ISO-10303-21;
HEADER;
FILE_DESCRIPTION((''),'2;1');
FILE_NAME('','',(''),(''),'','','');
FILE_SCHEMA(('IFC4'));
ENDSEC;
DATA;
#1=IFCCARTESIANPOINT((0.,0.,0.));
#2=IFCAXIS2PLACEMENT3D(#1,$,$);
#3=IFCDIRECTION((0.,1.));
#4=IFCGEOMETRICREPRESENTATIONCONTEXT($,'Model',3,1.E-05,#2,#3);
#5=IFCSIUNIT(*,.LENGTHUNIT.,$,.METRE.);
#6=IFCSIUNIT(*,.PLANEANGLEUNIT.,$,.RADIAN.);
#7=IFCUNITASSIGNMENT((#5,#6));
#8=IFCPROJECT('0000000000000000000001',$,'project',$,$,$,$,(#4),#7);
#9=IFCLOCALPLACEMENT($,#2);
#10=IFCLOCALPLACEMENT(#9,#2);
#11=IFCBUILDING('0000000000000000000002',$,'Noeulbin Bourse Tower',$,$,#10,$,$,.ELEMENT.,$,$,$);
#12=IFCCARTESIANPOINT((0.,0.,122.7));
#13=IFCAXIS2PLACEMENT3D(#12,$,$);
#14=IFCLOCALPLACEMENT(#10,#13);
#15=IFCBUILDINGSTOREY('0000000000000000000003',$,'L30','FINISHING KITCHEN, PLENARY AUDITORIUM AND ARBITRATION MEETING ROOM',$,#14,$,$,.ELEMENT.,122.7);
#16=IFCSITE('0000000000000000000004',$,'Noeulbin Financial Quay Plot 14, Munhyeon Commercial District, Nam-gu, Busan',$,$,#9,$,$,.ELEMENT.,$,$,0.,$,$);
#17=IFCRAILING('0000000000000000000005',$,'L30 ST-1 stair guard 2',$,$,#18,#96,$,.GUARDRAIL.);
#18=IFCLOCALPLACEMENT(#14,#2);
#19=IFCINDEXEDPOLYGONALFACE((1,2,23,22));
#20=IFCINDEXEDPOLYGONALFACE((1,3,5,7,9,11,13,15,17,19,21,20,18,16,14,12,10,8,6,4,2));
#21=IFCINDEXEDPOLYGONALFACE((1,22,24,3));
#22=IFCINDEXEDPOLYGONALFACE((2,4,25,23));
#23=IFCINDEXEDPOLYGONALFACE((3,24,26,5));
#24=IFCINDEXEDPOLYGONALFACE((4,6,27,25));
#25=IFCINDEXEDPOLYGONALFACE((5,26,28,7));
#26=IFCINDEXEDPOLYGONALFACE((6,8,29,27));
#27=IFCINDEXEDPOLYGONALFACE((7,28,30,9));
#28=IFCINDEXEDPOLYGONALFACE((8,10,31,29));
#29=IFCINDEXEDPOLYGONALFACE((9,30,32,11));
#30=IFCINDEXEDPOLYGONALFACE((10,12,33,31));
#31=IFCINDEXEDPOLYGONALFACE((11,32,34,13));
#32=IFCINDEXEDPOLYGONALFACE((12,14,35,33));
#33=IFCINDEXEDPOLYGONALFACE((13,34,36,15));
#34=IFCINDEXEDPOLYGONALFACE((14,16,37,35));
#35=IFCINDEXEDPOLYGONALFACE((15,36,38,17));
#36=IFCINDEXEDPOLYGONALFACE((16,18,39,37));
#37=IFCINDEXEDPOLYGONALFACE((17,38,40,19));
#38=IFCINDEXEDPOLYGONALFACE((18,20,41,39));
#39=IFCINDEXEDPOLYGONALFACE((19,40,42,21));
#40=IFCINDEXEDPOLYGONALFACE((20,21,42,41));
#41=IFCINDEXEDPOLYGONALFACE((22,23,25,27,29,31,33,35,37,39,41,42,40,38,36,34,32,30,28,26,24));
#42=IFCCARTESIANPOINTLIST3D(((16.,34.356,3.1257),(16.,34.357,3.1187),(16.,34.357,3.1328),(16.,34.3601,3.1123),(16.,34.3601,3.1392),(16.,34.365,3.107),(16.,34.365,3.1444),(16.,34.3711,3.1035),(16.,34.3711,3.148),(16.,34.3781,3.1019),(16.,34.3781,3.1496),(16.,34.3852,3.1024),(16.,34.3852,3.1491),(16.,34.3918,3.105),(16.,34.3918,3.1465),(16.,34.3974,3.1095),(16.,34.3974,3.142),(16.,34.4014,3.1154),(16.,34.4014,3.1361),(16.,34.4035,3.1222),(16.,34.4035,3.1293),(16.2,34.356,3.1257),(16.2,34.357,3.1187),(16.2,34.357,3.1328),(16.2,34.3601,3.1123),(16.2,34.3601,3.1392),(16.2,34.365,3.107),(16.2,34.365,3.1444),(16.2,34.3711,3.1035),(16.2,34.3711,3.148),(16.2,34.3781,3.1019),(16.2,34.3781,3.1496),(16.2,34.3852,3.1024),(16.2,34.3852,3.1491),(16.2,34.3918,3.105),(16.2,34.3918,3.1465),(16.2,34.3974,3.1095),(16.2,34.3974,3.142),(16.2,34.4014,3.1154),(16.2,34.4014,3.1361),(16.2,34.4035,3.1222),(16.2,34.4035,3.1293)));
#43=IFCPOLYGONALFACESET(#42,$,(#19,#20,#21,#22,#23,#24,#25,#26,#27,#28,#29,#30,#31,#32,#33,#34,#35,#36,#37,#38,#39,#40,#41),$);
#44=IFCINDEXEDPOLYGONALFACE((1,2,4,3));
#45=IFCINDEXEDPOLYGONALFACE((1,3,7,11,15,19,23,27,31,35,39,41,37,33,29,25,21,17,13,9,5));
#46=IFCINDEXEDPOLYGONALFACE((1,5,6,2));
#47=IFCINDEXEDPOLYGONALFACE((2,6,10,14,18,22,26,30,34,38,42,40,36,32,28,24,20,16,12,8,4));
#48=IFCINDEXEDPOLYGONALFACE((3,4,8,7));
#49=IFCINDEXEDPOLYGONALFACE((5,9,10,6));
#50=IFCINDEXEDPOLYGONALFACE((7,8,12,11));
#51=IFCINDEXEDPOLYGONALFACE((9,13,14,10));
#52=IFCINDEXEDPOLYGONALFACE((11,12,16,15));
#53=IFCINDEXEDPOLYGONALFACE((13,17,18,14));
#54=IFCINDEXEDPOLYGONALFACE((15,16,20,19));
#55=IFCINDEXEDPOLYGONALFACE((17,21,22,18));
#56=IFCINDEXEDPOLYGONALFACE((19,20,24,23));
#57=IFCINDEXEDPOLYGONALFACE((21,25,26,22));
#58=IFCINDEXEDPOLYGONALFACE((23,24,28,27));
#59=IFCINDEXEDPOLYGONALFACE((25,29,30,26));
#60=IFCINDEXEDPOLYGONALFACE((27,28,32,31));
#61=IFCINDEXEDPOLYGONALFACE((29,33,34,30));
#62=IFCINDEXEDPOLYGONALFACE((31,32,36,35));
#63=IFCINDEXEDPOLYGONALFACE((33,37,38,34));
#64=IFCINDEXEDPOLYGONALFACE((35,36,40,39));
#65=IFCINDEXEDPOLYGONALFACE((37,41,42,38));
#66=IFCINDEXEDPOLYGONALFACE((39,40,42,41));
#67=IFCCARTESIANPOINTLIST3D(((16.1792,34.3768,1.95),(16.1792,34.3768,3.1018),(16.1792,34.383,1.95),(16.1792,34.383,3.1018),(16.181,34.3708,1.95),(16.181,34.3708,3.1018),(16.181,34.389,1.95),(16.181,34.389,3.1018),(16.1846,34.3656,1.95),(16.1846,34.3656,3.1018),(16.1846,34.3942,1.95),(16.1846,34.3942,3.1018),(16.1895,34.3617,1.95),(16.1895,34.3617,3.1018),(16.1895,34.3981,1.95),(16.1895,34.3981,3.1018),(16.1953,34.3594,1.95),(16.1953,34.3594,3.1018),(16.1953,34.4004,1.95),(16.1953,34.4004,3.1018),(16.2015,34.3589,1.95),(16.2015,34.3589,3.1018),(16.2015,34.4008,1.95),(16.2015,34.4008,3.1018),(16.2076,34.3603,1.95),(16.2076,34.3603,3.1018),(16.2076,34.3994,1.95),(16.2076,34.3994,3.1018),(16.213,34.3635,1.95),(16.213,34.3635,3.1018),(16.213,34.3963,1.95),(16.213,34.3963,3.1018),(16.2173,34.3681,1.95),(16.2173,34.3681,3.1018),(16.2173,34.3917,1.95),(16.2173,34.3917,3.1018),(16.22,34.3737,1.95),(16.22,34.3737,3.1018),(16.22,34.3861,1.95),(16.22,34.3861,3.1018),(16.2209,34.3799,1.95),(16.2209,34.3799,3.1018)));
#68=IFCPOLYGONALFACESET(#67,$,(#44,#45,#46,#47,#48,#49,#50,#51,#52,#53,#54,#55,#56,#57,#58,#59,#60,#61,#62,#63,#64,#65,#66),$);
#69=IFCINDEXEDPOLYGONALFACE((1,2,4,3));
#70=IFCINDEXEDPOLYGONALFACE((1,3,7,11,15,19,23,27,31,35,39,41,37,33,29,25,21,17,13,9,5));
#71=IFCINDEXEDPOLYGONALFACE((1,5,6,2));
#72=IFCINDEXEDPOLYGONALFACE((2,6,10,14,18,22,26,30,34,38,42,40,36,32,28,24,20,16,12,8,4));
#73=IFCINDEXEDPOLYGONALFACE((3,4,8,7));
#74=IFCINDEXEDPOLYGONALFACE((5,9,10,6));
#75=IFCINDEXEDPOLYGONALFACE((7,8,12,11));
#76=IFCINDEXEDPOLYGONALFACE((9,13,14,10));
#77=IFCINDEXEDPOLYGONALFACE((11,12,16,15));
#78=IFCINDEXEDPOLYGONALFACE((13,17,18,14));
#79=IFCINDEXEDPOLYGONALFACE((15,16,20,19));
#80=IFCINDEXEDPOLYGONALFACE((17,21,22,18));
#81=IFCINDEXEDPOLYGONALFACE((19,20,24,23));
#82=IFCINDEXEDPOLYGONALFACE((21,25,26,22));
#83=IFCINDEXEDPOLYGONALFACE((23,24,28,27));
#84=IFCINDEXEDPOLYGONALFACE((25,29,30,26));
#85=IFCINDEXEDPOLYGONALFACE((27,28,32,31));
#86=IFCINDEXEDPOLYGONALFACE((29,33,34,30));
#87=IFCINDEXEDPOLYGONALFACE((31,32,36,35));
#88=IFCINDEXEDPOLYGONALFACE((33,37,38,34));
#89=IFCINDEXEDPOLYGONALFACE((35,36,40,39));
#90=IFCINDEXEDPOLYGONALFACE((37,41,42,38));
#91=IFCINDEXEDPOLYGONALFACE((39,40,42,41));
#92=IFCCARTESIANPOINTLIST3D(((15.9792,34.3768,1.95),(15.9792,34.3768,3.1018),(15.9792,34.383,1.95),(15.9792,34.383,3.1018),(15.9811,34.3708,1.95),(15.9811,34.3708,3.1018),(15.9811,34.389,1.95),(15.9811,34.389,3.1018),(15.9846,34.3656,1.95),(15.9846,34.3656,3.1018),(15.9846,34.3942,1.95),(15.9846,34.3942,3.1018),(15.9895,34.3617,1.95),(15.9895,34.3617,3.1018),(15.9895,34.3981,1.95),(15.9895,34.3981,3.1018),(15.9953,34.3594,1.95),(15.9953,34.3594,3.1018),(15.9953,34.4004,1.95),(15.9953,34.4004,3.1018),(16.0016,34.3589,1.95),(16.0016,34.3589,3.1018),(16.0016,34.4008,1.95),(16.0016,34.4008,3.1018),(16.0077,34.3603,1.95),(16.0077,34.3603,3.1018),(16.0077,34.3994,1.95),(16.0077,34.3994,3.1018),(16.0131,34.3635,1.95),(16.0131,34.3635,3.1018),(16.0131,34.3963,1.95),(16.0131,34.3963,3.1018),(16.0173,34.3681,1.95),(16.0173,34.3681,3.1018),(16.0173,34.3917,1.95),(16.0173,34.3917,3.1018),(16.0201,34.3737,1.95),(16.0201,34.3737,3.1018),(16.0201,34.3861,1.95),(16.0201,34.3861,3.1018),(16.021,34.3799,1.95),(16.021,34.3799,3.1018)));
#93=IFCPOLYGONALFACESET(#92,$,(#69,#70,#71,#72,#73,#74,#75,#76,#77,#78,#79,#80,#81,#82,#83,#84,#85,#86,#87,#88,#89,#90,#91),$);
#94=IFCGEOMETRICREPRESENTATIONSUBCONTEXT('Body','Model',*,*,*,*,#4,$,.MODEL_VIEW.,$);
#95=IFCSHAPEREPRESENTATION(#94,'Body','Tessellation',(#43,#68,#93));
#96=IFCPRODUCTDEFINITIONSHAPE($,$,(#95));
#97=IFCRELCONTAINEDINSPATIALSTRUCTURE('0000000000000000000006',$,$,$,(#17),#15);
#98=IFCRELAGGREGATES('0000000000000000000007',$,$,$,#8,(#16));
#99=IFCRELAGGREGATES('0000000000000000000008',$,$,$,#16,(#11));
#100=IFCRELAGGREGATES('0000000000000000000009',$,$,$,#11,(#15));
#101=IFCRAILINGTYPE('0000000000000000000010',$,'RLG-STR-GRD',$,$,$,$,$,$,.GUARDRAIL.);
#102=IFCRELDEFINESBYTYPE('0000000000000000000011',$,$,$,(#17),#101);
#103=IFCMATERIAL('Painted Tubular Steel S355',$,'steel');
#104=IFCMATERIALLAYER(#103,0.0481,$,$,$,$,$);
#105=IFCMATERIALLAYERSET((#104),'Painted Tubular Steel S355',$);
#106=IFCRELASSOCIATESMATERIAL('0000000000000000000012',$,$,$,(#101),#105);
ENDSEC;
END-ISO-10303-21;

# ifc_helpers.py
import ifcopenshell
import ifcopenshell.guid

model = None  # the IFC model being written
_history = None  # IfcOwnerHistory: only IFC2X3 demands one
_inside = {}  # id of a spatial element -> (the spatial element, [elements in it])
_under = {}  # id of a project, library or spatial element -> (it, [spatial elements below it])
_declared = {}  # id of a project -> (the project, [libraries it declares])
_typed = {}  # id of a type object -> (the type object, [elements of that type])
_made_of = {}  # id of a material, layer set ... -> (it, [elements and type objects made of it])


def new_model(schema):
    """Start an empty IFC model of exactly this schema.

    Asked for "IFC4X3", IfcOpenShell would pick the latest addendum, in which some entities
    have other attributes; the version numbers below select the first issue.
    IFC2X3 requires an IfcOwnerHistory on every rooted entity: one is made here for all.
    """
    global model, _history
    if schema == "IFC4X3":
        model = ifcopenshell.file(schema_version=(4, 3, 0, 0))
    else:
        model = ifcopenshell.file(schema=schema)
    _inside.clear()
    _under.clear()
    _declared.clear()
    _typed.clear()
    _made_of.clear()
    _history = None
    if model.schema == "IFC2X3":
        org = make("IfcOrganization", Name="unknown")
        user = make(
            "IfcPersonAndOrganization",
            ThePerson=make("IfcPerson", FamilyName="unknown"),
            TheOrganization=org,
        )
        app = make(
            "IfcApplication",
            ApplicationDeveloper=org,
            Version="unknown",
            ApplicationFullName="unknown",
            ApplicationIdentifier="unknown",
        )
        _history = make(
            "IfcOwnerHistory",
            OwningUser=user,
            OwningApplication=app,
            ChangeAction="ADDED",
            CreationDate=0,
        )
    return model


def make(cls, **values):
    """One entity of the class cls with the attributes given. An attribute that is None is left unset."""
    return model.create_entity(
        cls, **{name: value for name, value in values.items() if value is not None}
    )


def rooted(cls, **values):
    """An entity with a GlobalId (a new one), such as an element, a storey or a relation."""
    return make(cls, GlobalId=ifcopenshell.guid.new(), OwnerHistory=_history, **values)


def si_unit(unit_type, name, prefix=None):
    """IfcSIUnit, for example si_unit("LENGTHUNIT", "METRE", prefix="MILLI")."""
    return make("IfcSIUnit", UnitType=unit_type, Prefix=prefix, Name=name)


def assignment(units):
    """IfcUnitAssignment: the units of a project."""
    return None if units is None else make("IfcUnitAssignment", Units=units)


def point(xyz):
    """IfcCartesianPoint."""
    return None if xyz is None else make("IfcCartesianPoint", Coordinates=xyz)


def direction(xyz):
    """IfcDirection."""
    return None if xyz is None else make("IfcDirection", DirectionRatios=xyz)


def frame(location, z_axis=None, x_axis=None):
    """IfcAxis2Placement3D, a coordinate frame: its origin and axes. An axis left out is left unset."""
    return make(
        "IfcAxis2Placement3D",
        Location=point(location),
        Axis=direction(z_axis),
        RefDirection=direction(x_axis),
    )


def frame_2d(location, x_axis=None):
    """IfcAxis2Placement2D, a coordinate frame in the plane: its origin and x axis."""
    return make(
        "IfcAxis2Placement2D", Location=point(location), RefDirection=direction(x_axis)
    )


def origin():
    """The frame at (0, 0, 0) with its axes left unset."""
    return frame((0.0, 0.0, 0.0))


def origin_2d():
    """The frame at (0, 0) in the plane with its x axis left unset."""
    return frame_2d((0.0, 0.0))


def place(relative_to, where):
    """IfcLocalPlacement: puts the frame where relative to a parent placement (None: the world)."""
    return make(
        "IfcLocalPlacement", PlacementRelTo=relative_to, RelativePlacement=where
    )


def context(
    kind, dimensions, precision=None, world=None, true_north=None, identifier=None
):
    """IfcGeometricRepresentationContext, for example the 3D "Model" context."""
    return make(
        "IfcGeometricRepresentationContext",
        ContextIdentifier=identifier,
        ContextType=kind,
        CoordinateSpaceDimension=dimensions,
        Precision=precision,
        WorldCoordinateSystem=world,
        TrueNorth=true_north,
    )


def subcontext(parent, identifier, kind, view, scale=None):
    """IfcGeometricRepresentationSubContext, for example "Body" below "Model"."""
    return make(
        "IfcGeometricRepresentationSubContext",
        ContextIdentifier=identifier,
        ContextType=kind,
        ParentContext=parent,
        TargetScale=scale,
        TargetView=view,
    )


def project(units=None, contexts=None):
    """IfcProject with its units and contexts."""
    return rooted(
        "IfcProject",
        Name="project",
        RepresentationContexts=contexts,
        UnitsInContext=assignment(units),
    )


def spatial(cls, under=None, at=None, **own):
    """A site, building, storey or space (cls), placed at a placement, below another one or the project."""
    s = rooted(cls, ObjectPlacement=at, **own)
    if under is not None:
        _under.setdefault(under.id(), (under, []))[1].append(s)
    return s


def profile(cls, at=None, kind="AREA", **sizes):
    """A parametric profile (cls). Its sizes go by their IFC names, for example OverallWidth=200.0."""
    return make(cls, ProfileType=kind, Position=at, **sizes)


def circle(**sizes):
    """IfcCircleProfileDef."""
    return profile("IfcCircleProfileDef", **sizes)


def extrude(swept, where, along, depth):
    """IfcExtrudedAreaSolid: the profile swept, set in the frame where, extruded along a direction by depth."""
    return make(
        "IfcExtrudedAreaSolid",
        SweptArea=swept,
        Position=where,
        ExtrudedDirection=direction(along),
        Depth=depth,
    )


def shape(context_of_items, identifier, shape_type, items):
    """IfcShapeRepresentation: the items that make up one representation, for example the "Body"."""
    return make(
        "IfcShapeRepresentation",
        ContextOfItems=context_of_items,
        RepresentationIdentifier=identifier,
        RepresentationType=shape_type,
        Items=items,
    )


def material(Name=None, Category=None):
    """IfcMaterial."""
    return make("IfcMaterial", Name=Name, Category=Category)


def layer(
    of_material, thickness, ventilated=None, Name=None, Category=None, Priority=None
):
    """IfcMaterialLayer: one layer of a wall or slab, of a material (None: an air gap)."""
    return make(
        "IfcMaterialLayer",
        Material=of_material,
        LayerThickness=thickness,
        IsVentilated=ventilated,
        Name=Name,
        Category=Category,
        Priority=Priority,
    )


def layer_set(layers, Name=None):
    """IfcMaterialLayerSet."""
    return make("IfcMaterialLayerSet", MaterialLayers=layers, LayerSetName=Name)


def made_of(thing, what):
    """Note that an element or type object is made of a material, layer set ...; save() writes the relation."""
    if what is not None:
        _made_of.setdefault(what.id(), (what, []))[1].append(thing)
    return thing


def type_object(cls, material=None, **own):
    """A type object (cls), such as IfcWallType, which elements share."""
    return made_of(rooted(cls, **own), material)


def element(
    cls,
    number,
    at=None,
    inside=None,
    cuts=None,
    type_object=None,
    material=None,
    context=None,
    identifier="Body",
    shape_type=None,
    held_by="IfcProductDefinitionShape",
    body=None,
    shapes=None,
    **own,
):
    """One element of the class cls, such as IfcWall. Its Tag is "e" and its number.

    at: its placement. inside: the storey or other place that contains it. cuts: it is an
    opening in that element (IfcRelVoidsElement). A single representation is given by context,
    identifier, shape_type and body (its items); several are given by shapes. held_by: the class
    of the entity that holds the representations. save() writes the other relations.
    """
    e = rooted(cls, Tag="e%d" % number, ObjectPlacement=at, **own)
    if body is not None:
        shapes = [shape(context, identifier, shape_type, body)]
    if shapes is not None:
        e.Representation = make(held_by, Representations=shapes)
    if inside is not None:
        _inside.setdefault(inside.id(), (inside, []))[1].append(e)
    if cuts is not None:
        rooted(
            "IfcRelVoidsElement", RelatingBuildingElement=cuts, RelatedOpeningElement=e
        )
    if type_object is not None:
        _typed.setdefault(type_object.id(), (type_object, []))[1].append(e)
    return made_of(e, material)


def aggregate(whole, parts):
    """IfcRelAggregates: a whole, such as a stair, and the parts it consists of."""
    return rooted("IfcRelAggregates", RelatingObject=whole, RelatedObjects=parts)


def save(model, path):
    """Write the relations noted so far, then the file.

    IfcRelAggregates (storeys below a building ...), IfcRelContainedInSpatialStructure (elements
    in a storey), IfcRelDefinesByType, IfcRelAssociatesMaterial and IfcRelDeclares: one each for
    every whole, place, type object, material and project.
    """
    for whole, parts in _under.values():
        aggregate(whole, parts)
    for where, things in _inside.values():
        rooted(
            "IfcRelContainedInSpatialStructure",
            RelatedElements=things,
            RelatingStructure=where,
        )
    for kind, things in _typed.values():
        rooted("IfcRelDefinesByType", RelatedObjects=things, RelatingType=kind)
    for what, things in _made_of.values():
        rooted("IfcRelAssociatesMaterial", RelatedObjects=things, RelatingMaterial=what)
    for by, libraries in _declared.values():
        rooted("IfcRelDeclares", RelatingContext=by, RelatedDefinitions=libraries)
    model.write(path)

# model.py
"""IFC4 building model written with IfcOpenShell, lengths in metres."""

from ifc_helpers import new_model, si_unit, direction, frame, origin, origin_2d, place, context, subcontext, project, spatial, circle, extrude, material, layer, layer_set, type_object, element, save


model = new_model("IFC4")

# Units and contexts
model_context = context("Model", 3, precision=1e-05, world=origin(), true_north=direction((0.0, 1.0)))
body_context = subcontext(model_context, "Body", "Model", "MODEL_VIEW")
ifc_project = project(units=[si_unit("LENGTHUNIT", "METRE"), si_unit("PLANEANGLEUNIT", "RADIAN")], contexts=[model_context])

# Site, building, storey
site_placement = place(None, origin())
site = spatial("IfcSite", under=ifc_project, at=site_placement, Name="Noeulbin Financial Quay Plot 14, Munhyeon Commercial District, Nam-gu, Busan", CompositionType="ELEMENT", RefElevation=0.0)
building_placement = place(site_placement, origin())
building = spatial("IfcBuilding", under=site, at=building_placement, Name="Noeulbin Bourse Tower", CompositionType="ELEMENT")
storey_placement = place(building_placement, frame((0.0, 0.0, 122.7)))
storey = spatial("IfcBuildingStorey", under=building, at=storey_placement, Name="L30", Description="FINISHING KITCHEN, PLENARY AUDITORIUM AND ARBITRATION MEETING ROOM", CompositionType="ELEMENT", Elevation=122.7)

# Railing
ifc_material_1 = material(Name="Painted Tubular Steel S355", Category="steel")
ifc_layer_1 = layer(ifc_material_1, 0.0481)
ifc_layer_set_1 = layer_set([ifc_layer_1], Name="Painted Tubular Steel S355")
railing_type = type_object("IfcRailingType", Name="RLG-STR-GRD", PredefinedType="GUARDRAIL", material=ifc_layer_set_1)
railing_1_placement = place(storey_placement, frame((16.2, 34.3799, 1.95)))
element("IfcRailing", 1, at=railing_1_placement, inside=storey, type_object=railing_type, Name="L30 ST-1 stair guard 2", PredefinedType="GUARDRAIL", context=body_context, shape_type="SweptSolid", body=[
    extrude(circle(Radius=0.0239, at=origin_2d()), frame((0.0, 0.0, 1.1758), z_axis=(-1.0, 0.0, 0.0), x_axis=(0.0, -1.0, 0.0)), (0.0, 0.0, 1.0), 0.2),
    extrude(circle(Radius=0.021, at=origin_2d()), origin(), (0.0, 0.0, 1.0), 1.1519),
    extrude(circle(Radius=0.021, at=origin_2d()), frame((-0.2, 0.0, 0.0)), (0.0, 0.0, 1.0), 1.1519),
])

save(model, "model.ifc")
